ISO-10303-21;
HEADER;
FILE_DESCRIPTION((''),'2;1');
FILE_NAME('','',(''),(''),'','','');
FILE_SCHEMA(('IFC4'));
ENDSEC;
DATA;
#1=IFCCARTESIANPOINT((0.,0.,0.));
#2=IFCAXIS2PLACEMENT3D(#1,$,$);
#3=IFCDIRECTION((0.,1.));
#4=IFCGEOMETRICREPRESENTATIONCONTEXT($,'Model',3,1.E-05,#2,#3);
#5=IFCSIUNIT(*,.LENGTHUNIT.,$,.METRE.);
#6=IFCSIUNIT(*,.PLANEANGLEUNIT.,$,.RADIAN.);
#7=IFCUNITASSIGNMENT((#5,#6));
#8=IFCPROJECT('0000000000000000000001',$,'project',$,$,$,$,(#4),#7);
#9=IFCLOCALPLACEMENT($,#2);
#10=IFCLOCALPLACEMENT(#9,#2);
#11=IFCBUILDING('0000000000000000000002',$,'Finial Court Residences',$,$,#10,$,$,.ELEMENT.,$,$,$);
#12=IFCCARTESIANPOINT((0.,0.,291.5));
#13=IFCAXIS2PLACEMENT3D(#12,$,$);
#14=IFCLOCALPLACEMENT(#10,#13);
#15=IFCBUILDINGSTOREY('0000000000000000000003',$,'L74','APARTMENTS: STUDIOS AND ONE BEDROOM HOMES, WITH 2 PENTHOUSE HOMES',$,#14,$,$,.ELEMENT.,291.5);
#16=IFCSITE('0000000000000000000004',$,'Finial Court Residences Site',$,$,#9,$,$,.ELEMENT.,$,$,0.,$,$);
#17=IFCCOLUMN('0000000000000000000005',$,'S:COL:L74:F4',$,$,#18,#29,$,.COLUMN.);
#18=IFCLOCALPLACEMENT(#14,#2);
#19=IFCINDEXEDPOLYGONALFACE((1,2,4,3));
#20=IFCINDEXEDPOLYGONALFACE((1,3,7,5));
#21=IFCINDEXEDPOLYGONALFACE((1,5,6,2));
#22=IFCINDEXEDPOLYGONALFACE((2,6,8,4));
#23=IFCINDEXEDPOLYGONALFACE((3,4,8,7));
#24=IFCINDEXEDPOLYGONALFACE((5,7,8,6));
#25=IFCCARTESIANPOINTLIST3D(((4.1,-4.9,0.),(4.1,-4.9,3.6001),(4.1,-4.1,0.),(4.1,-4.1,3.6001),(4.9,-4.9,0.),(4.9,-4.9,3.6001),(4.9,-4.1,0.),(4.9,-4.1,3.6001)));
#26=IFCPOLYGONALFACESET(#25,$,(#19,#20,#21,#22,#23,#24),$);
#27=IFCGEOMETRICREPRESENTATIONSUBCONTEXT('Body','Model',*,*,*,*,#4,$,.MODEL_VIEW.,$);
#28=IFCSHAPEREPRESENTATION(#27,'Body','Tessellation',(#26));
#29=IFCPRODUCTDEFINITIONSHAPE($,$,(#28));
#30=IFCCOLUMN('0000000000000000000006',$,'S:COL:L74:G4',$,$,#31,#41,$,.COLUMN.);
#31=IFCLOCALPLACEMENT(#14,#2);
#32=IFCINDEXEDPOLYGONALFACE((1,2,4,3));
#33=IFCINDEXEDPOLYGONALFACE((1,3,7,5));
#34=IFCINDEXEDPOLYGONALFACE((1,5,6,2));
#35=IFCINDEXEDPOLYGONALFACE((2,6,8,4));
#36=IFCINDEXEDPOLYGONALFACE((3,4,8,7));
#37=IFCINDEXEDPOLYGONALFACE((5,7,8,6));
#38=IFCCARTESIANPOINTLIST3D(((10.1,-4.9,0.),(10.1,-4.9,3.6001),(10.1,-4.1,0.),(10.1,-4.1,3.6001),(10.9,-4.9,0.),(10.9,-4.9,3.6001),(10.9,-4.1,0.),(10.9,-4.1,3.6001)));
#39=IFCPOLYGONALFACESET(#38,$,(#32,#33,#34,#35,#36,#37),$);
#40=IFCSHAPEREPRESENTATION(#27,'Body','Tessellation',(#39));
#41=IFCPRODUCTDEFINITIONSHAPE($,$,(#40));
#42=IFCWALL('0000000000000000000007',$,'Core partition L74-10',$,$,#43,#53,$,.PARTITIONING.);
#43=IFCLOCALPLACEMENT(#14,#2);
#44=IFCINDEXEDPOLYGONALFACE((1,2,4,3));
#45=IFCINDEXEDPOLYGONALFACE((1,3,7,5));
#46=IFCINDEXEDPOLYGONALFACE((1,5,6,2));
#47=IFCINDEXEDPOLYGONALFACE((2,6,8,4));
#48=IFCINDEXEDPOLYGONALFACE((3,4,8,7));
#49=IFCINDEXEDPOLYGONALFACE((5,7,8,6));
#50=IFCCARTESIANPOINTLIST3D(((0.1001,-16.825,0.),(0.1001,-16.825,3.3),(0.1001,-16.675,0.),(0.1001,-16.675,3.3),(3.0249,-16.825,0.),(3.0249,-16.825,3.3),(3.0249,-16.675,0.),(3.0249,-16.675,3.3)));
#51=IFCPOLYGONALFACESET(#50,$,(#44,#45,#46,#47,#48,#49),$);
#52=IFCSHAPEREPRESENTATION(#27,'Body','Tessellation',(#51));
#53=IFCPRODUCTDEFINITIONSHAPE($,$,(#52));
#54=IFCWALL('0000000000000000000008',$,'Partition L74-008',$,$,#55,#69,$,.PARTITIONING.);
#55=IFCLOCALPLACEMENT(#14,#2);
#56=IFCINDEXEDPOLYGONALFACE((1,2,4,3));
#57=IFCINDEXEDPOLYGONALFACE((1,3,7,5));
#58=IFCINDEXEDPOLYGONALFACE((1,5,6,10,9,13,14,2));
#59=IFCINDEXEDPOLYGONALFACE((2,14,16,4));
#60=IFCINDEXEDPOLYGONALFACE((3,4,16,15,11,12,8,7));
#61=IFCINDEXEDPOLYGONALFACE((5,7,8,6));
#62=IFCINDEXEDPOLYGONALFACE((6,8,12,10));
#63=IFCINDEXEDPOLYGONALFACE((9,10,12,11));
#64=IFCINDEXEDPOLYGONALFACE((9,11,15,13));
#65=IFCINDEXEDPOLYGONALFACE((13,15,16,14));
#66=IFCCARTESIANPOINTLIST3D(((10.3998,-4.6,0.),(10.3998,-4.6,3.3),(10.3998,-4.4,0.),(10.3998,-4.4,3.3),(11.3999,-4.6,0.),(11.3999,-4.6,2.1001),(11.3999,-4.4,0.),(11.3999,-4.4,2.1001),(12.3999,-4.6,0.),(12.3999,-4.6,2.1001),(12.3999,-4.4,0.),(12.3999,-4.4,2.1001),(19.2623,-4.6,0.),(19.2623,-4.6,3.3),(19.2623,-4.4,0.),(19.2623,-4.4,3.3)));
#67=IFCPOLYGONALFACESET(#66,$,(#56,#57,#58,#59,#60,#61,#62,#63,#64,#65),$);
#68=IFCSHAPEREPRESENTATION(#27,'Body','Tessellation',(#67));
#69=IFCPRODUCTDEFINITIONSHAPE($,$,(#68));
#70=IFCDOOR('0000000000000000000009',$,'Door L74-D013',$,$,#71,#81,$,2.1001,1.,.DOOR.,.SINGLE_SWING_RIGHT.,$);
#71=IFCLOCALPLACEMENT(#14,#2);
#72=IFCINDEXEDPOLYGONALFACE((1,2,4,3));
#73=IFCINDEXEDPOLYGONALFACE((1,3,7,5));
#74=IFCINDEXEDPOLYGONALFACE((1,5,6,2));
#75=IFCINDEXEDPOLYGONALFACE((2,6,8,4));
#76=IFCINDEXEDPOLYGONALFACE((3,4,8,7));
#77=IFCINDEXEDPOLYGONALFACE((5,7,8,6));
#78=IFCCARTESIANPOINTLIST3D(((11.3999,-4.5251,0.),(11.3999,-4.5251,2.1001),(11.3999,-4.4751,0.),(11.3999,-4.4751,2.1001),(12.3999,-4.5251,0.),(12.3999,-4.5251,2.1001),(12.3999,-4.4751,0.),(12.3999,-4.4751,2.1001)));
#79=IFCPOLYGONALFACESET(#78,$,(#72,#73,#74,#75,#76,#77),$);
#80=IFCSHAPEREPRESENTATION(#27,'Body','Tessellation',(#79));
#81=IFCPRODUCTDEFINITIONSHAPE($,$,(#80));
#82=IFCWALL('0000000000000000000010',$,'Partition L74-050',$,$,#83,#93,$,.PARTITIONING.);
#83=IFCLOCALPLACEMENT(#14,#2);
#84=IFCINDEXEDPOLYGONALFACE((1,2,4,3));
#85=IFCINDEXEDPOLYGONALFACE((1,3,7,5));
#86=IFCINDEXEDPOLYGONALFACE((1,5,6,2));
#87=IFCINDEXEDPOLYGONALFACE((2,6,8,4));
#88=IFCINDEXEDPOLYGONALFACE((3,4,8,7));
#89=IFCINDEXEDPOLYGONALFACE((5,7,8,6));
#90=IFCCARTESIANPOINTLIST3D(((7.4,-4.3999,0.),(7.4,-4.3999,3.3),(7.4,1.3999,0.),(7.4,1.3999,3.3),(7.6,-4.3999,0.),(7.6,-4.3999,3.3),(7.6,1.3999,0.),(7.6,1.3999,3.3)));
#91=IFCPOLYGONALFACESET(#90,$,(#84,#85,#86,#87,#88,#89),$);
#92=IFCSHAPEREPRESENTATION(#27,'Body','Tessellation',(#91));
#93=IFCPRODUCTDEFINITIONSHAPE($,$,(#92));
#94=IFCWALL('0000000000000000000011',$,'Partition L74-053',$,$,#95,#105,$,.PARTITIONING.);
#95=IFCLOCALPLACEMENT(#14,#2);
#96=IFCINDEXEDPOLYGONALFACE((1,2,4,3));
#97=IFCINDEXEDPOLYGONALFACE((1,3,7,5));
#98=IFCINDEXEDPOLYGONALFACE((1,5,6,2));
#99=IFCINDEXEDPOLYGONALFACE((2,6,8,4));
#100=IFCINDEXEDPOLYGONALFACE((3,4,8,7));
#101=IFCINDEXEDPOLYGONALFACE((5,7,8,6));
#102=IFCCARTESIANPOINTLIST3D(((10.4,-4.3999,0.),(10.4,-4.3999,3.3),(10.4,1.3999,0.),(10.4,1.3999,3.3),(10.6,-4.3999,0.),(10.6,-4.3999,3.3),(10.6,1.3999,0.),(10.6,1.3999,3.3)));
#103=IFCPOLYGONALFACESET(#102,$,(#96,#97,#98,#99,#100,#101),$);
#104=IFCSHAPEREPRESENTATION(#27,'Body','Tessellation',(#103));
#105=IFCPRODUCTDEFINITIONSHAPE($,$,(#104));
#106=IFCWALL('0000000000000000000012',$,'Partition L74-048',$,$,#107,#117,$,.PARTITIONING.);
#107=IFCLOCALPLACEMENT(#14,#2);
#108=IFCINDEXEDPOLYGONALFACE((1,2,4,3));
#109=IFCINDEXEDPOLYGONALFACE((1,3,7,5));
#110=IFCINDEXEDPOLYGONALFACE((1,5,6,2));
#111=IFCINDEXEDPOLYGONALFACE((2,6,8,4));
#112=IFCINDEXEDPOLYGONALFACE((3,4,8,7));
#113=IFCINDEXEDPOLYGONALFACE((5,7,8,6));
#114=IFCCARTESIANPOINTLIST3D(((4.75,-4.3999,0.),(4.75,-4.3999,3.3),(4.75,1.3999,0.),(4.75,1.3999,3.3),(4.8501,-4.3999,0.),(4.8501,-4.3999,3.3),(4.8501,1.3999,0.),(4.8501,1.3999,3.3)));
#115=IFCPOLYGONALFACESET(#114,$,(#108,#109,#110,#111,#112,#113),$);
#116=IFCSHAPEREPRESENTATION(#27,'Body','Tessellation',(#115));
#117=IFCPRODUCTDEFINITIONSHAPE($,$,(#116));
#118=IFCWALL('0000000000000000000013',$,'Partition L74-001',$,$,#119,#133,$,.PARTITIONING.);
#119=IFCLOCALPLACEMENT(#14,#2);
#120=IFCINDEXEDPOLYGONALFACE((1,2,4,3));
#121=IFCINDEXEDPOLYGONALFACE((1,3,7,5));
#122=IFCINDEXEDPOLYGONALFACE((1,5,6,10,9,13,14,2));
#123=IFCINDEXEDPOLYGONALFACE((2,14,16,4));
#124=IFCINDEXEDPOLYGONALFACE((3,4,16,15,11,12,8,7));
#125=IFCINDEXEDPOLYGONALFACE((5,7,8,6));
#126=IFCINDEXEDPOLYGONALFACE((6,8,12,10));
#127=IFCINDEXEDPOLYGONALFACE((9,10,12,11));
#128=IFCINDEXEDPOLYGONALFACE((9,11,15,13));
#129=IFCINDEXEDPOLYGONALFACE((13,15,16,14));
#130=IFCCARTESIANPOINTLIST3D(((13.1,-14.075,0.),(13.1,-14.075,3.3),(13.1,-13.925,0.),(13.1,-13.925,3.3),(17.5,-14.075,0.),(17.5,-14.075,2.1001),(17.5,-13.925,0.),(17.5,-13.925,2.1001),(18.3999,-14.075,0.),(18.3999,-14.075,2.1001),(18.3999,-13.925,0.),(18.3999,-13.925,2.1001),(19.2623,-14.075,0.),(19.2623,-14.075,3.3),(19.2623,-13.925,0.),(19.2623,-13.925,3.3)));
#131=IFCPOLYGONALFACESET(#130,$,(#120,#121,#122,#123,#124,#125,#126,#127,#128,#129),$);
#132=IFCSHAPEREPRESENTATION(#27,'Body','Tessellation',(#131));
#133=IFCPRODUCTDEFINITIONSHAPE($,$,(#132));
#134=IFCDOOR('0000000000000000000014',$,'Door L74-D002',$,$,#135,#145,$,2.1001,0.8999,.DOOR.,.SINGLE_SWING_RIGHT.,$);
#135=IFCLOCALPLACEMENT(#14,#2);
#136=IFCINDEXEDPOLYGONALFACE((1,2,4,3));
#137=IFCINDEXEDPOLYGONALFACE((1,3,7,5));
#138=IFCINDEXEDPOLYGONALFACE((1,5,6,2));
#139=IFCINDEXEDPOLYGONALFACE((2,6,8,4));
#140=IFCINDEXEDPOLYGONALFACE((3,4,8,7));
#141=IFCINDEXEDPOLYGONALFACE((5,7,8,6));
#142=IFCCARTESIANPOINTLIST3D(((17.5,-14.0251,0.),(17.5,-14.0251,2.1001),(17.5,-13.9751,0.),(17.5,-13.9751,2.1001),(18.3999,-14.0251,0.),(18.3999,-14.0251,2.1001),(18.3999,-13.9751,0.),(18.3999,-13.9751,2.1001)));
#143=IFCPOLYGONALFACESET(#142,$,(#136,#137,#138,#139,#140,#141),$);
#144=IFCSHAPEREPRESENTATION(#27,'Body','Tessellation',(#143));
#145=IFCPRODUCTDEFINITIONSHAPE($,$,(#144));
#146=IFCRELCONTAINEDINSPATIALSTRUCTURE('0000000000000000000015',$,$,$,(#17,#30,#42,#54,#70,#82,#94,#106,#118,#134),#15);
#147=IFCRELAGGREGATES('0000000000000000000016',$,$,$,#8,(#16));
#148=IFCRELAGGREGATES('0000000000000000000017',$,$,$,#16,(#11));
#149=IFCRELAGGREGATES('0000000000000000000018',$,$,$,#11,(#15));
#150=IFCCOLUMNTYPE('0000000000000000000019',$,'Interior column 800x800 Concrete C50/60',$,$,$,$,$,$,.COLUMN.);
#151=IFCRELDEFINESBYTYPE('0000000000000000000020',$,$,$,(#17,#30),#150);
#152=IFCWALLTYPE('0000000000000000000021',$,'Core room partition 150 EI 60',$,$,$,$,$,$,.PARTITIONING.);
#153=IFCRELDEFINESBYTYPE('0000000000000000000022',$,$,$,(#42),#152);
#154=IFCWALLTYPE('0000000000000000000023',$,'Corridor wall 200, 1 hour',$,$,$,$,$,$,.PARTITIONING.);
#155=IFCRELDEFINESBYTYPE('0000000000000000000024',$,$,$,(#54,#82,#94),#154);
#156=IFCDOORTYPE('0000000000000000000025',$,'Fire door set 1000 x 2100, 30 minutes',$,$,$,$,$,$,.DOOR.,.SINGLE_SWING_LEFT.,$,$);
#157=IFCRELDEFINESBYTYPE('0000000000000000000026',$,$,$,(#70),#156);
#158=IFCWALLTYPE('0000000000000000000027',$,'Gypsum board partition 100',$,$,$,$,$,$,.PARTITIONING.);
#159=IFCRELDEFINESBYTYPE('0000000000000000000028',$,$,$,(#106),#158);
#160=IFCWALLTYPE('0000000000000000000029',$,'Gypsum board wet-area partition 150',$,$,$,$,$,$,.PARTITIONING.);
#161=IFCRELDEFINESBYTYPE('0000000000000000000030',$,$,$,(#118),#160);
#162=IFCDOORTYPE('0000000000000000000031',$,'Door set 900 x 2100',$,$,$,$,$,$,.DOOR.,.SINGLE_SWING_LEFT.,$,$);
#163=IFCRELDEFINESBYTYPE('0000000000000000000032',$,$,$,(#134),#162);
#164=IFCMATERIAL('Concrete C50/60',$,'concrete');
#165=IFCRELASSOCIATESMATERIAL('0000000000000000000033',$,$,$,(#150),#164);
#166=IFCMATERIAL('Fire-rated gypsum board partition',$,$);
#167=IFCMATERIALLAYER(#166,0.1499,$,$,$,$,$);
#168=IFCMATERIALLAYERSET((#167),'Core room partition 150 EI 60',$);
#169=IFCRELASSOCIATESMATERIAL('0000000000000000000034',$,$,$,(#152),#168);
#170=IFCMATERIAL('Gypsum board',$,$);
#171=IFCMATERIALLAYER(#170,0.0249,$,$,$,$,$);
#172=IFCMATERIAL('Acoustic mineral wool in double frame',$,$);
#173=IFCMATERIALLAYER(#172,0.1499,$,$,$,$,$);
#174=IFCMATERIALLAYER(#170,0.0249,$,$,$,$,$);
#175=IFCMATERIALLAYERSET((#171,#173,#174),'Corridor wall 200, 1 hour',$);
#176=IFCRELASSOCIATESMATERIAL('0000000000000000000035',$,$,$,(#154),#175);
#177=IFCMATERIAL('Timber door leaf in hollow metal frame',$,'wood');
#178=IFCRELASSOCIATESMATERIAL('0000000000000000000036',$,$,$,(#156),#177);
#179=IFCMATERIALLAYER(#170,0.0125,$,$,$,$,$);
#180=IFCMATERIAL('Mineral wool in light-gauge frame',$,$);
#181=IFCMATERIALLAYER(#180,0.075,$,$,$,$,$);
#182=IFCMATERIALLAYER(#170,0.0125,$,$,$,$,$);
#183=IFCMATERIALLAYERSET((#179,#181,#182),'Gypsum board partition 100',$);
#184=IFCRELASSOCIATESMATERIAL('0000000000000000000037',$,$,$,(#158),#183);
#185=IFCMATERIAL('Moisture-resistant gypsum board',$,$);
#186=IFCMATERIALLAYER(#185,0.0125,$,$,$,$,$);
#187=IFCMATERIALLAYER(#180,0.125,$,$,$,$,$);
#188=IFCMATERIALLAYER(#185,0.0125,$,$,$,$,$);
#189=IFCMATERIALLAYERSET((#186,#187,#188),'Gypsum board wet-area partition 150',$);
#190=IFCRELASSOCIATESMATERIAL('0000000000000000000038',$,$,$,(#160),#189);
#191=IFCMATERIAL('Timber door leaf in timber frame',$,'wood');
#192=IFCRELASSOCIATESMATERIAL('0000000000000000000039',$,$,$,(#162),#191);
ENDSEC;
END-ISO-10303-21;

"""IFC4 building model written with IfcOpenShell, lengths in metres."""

from ifc_helpers import new_model, si_unit, direction, frame, frame_2d, origin, origin_2d, place, context, subcontext, project, spatial, rectangle, extrude, material, layer, layer_set, material_profile, profile_set, type_object, element, fill, save


model = new_model("IFC4")

# Units and contexts
model_context = context("Model", 3, precision=1e-05, world=origin(), true_north=direction((0.0, 1.0)))
body_context = subcontext(model_context, "Body", "Model", "MODEL_VIEW")
ifc_project = project(units=[si_unit("LENGTHUNIT", "METRE"), si_unit("PLANEANGLEUNIT", "RADIAN")], contexts=[model_context])

# Site, building, storey
site_placement = place(None, origin())
site = spatial("IfcSite", under=ifc_project, at=site_placement, Name="Finial Court Residences Site", CompositionType="ELEMENT", RefElevation=0.0)
building_placement = place(site_placement, origin())
building = spatial("IfcBuilding", under=site, at=building_placement, Name="Finial Court Residences", CompositionType="ELEMENT")
storey_placement = place(building_placement, frame((0.0, 0.0, 291.5)))
storey = spatial("IfcBuildingStorey", under=building, at=storey_placement, Name="L74", Description="APARTMENTS: STUDIOS AND ONE BEDROOM HOMES, WITH 2 PENTHOUSE HOMES", CompositionType="ELEMENT", Elevation=291.5)

# Columns
ifc_material_1 = material(Name="Concrete C50/60", Category="concrete")
ifc_material_profile = material_profile(ifc_material_1, rectangle(XDim=0.8, YDim=0.8, at=origin_2d()), Name="800x800")
ifc_profile_set = profile_set([ifc_material_profile], Name="Concrete C50/60")
column_type = type_object("IfcColumnType", Name="Interior column 800x800 Concrete C50/60", PredefinedType="COLUMN", material=ifc_profile_set)
for number, where, z_axis, x_axis, name in (
    (1, (4.5, -4.5, 0.0), (0.0, 0.0, 1.0), (1.0, 0.0, 0.0), "S:COL:L74:F4"),
    (2, (10.5, -4.5, 0.0), (0.0, 0.0, 1.0), (1.0, 0.0, 0.0), "S:COL:L74:G4"),
):
    element("IfcColumn", number, at=place(storey_placement, frame(where, z_axis=z_axis, x_axis=x_axis)), inside=storey, type_object=column_type, Name=name, PredefinedType="COLUMN", context=body_context, shape_type="SweptSolid", body=[
        extrude(rectangle(XDim=0.8, YDim=0.8, at=origin_2d()), origin(), (0.0, 0.0, 1.0), 3.6001),
    ])

# Wall
ifc_material_2 = material(Name="Fire-rated gypsum board partition")
ifc_layer_1 = layer(ifc_material_2, 0.1499)
ifc_layer_set_1 = layer_set([ifc_layer_1], Name="Core room partition 150 EI 60")
wall_type_1 = type_object("IfcWallType", Name="Core room partition 150 EI 60", PredefinedType="PARTITIONING", material=ifc_layer_set_1)
wall_1_placement = place(storey_placement, frame((0.1001, -16.75, 0.0), z_axis=(0.0, 0.0, 1.0), x_axis=(1.0, 0.0, 0.0)))
element("IfcWall", 3, at=wall_1_placement, inside=storey, type_object=wall_type_1, Name="Core partition L74-10", PredefinedType="PARTITIONING", context=body_context, shape_type="SweptSolid", body=[
    extrude(rectangle(XDim=2.9248, YDim=0.1499, at=frame_2d((1.4624, 0.0))), origin(), (0.0, 0.0, 1.0), 3.3),
])

# Wall, opening, door
ifc_material_3 = material(Name="Gypsum board")
ifc_layer_2 = layer(ifc_material_3, 0.0249)
ifc_material_4 = material(Name="Acoustic mineral wool in double frame")
ifc_layer_3 = layer(ifc_material_4, 0.1499)
ifc_layer_4 = layer(ifc_material_3, 0.0249)
ifc_layer_set_2 = layer_set([ifc_layer_2, ifc_layer_3, ifc_layer_4], Name="Corridor wall 200, 1 hour")
wall_type_2 = type_object("IfcWallType", Name="Corridor wall 200, 1 hour", PredefinedType="PARTITIONING", material=ifc_layer_set_2)
wall_2_placement = place(storey_placement, frame((10.3999, -4.5, 0.0), z_axis=(0.0, 0.0, 1.0), x_axis=(1.0, 0.0, 0.0)))
wall_2 = element("IfcWall", 4, at=wall_2_placement, inside=storey, type_object=wall_type_2, Name="Partition L74-008", PredefinedType="PARTITIONING", context=body_context, shape_type="SweptSolid", body=[
    extrude(rectangle(XDim=8.8625, YDim=0.2, at=frame_2d((4.4312, 0.0))), origin(), (0.0, 0.0, 1.0), 3.3),
])
opening_1_placement = place(wall_2_placement, frame((1.0, 0.0, 0.0)))
opening_1 = element("IfcOpeningElement", 5, at=opening_1_placement, cuts=wall_2, PredefinedType="OPENING", context=body_context, shape_type="SweptSolid", body=[
    extrude(rectangle(XDim=1.0, YDim=2.1001, at=frame_2d((0.5, 1.05))), frame((0.0, 0.1099, 0.0), z_axis=(0.0, -1.0, 0.0), x_axis=(1.0, 0.0, 0.0)), (0.0, 0.0, 1.0), 0.22),
])
ifc_material_5 = material(Name="Timber door leaf in hollow metal frame", Category="wood")
door_type_1 = type_object("IfcDoorType", Name="Fire door set 1000 x 2100, 30 minutes", OperationType="SINGLE_SWING_LEFT", PredefinedType="DOOR", material=ifc_material_5)
door_1_placement = place(opening_1_placement, origin())
door_1 = element("IfcDoor", 6, at=door_1_placement, inside=storey, type_object=door_type_1, Name="Door L74-D013", OperationType="SINGLE_SWING_RIGHT", OverallHeight=2.1001, OverallWidth=1.0, PredefinedType="DOOR", context=body_context, shape_type="SweptSolid", body=[
    extrude(rectangle(XDim=1.0, YDim=2.1001, at=frame_2d((0.5, 1.05))), frame((0.0, 0.0249, 0.0), z_axis=(0.0, -1.0, 0.0), x_axis=(1.0, 0.0, 0.0)), (0.0, 0.0, 1.0), 0.05),
])
fill(opening_1, door_1)

# Walls
for number, where, z_axis, x_axis, name in (
    (7, (7.5, -4.3999, 0.0), (0.0, 0.0, 1.0), (0.0, 1.0, 0.0), "Partition L74-050"),
    (8, (10.5, -4.3999, 0.0), (0.0, 0.0, 1.0), (0.0, 1.0, 0.0), "Partition L74-053"),
):
    element("IfcWall", number, at=place(storey_placement, frame(where, z_axis=z_axis, x_axis=x_axis)), inside=storey, type_object=wall_type_2, Name=name, PredefinedType="PARTITIONING", context=body_context, shape_type="SweptSolid", body=[
        extrude(rectangle(XDim=5.7998, YDim=0.2, at=frame_2d((2.8999, 0.0))), origin(), (0.0, 0.0, 1.0), 3.3),
    ])
ifc_layer_5 = layer(ifc_material_3, 0.0125)
ifc_material_6 = material(Name="Mineral wool in light-gauge frame")
ifc_layer_6 = layer(ifc_material_6, 0.075)
ifc_layer_7 = layer(ifc_material_3, 0.0125)
ifc_layer_set_3 = layer_set([ifc_layer_5, ifc_layer_6, ifc_layer_7], Name="Gypsum board partition 100")
wall_type_3 = type_object("IfcWallType", Name="Gypsum board partition 100", PredefinedType="PARTITIONING", material=ifc_layer_set_3)
wall_3_placement = place(storey_placement, frame((4.8, -4.3999, 0.0), z_axis=(0.0, 0.0, 1.0), x_axis=(0.0, 1.0, 0.0)))
element("IfcWall", 9, at=wall_3_placement, inside=storey, type_object=wall_type_3, Name="Partition L74-048", PredefinedType="PARTITIONING", context=body_context, shape_type="SweptSolid", body=[
    extrude(rectangle(XDim=5.7998, YDim=0.1001, at=frame_2d((2.8999, 0.0))), origin(), (0.0, 0.0, 1.0), 3.3),
])

# Wall, opening, door
ifc_material_7 = material(Name="Moisture-resistant gypsum board")
ifc_layer_8 = layer(ifc_material_7, 0.0125)
ifc_layer_9 = layer(ifc_material_6, 0.125)
ifc_layer_10 = layer(ifc_material_7, 0.0125)
ifc_layer_set_4 = layer_set([ifc_layer_8, ifc_layer_9, ifc_layer_10], Name="Gypsum board wet-area partition 150")
wall_type_4 = type_object("IfcWallType", Name="Gypsum board wet-area partition 150", PredefinedType="PARTITIONING", material=ifc_layer_set_4)
wall_4_placement = place(storey_placement, frame((13.1001, -14.0, 0.0), z_axis=(0.0, 0.0, 1.0), x_axis=(1.0, 0.0, 0.0)))
wall_4 = element("IfcWall", 10, at=wall_4_placement, inside=storey, type_object=wall_type_4, Name="Partition L74-001", PredefinedType="PARTITIONING", context=body_context, shape_type="SweptSolid", body=[
    extrude(rectangle(XDim=6.1624, YDim=0.1499, at=frame_2d((3.0811, 0.0))), origin(), (0.0, 0.0, 1.0), 3.3),
])
opening_2_placement = place(wall_4_placement, frame((4.3999, 0.0, 0.0)))
opening_2 = element("IfcOpeningElement", 11, at=opening_2_placement, cuts=wall_4, PredefinedType="OPENING", context=body_context, shape_type="SweptSolid", body=[
    extrude(rectangle(XDim=0.8999, YDim=2.1001, at=frame_2d((0.45, 1.05))), frame((0.0, 0.085, 0.0), z_axis=(0.0, -1.0, 0.0), x_axis=(1.0, 0.0, 0.0)), (0.0, 0.0, 1.0), 0.1699),
])
ifc_material_8 = material(Name="Timber door leaf in timber frame", Category="wood")
door_type_2 = type_object("IfcDoorType", Name="Door set 900 x 2100", OperationType="SINGLE_SWING_LEFT", PredefinedType="DOOR", material=ifc_material_8)
door_2_placement = place(opening_2_placement, origin())
door_2 = element("IfcDoor", 12, at=door_2_placement, inside=storey, type_object=door_type_2, Name="Door L74-D002", OperationType="SINGLE_SWING_RIGHT", OverallHeight=2.1001, OverallWidth=0.8999, PredefinedType="DOOR", context=body_context, shape_type="SweptSolid", body=[
    extrude(rectangle(XDim=0.8999, YDim=2.1001, at=frame_2d((0.45, 1.05))), frame((0.0, 0.0249, 0.0), z_axis=(0.0, -1.0, 0.0), x_axis=(1.0, 0.0, 0.0)), (0.0, 0.0, 1.0), 0.05),
])
fill(opening_2, door_2)

save(model, "model.ifc")
